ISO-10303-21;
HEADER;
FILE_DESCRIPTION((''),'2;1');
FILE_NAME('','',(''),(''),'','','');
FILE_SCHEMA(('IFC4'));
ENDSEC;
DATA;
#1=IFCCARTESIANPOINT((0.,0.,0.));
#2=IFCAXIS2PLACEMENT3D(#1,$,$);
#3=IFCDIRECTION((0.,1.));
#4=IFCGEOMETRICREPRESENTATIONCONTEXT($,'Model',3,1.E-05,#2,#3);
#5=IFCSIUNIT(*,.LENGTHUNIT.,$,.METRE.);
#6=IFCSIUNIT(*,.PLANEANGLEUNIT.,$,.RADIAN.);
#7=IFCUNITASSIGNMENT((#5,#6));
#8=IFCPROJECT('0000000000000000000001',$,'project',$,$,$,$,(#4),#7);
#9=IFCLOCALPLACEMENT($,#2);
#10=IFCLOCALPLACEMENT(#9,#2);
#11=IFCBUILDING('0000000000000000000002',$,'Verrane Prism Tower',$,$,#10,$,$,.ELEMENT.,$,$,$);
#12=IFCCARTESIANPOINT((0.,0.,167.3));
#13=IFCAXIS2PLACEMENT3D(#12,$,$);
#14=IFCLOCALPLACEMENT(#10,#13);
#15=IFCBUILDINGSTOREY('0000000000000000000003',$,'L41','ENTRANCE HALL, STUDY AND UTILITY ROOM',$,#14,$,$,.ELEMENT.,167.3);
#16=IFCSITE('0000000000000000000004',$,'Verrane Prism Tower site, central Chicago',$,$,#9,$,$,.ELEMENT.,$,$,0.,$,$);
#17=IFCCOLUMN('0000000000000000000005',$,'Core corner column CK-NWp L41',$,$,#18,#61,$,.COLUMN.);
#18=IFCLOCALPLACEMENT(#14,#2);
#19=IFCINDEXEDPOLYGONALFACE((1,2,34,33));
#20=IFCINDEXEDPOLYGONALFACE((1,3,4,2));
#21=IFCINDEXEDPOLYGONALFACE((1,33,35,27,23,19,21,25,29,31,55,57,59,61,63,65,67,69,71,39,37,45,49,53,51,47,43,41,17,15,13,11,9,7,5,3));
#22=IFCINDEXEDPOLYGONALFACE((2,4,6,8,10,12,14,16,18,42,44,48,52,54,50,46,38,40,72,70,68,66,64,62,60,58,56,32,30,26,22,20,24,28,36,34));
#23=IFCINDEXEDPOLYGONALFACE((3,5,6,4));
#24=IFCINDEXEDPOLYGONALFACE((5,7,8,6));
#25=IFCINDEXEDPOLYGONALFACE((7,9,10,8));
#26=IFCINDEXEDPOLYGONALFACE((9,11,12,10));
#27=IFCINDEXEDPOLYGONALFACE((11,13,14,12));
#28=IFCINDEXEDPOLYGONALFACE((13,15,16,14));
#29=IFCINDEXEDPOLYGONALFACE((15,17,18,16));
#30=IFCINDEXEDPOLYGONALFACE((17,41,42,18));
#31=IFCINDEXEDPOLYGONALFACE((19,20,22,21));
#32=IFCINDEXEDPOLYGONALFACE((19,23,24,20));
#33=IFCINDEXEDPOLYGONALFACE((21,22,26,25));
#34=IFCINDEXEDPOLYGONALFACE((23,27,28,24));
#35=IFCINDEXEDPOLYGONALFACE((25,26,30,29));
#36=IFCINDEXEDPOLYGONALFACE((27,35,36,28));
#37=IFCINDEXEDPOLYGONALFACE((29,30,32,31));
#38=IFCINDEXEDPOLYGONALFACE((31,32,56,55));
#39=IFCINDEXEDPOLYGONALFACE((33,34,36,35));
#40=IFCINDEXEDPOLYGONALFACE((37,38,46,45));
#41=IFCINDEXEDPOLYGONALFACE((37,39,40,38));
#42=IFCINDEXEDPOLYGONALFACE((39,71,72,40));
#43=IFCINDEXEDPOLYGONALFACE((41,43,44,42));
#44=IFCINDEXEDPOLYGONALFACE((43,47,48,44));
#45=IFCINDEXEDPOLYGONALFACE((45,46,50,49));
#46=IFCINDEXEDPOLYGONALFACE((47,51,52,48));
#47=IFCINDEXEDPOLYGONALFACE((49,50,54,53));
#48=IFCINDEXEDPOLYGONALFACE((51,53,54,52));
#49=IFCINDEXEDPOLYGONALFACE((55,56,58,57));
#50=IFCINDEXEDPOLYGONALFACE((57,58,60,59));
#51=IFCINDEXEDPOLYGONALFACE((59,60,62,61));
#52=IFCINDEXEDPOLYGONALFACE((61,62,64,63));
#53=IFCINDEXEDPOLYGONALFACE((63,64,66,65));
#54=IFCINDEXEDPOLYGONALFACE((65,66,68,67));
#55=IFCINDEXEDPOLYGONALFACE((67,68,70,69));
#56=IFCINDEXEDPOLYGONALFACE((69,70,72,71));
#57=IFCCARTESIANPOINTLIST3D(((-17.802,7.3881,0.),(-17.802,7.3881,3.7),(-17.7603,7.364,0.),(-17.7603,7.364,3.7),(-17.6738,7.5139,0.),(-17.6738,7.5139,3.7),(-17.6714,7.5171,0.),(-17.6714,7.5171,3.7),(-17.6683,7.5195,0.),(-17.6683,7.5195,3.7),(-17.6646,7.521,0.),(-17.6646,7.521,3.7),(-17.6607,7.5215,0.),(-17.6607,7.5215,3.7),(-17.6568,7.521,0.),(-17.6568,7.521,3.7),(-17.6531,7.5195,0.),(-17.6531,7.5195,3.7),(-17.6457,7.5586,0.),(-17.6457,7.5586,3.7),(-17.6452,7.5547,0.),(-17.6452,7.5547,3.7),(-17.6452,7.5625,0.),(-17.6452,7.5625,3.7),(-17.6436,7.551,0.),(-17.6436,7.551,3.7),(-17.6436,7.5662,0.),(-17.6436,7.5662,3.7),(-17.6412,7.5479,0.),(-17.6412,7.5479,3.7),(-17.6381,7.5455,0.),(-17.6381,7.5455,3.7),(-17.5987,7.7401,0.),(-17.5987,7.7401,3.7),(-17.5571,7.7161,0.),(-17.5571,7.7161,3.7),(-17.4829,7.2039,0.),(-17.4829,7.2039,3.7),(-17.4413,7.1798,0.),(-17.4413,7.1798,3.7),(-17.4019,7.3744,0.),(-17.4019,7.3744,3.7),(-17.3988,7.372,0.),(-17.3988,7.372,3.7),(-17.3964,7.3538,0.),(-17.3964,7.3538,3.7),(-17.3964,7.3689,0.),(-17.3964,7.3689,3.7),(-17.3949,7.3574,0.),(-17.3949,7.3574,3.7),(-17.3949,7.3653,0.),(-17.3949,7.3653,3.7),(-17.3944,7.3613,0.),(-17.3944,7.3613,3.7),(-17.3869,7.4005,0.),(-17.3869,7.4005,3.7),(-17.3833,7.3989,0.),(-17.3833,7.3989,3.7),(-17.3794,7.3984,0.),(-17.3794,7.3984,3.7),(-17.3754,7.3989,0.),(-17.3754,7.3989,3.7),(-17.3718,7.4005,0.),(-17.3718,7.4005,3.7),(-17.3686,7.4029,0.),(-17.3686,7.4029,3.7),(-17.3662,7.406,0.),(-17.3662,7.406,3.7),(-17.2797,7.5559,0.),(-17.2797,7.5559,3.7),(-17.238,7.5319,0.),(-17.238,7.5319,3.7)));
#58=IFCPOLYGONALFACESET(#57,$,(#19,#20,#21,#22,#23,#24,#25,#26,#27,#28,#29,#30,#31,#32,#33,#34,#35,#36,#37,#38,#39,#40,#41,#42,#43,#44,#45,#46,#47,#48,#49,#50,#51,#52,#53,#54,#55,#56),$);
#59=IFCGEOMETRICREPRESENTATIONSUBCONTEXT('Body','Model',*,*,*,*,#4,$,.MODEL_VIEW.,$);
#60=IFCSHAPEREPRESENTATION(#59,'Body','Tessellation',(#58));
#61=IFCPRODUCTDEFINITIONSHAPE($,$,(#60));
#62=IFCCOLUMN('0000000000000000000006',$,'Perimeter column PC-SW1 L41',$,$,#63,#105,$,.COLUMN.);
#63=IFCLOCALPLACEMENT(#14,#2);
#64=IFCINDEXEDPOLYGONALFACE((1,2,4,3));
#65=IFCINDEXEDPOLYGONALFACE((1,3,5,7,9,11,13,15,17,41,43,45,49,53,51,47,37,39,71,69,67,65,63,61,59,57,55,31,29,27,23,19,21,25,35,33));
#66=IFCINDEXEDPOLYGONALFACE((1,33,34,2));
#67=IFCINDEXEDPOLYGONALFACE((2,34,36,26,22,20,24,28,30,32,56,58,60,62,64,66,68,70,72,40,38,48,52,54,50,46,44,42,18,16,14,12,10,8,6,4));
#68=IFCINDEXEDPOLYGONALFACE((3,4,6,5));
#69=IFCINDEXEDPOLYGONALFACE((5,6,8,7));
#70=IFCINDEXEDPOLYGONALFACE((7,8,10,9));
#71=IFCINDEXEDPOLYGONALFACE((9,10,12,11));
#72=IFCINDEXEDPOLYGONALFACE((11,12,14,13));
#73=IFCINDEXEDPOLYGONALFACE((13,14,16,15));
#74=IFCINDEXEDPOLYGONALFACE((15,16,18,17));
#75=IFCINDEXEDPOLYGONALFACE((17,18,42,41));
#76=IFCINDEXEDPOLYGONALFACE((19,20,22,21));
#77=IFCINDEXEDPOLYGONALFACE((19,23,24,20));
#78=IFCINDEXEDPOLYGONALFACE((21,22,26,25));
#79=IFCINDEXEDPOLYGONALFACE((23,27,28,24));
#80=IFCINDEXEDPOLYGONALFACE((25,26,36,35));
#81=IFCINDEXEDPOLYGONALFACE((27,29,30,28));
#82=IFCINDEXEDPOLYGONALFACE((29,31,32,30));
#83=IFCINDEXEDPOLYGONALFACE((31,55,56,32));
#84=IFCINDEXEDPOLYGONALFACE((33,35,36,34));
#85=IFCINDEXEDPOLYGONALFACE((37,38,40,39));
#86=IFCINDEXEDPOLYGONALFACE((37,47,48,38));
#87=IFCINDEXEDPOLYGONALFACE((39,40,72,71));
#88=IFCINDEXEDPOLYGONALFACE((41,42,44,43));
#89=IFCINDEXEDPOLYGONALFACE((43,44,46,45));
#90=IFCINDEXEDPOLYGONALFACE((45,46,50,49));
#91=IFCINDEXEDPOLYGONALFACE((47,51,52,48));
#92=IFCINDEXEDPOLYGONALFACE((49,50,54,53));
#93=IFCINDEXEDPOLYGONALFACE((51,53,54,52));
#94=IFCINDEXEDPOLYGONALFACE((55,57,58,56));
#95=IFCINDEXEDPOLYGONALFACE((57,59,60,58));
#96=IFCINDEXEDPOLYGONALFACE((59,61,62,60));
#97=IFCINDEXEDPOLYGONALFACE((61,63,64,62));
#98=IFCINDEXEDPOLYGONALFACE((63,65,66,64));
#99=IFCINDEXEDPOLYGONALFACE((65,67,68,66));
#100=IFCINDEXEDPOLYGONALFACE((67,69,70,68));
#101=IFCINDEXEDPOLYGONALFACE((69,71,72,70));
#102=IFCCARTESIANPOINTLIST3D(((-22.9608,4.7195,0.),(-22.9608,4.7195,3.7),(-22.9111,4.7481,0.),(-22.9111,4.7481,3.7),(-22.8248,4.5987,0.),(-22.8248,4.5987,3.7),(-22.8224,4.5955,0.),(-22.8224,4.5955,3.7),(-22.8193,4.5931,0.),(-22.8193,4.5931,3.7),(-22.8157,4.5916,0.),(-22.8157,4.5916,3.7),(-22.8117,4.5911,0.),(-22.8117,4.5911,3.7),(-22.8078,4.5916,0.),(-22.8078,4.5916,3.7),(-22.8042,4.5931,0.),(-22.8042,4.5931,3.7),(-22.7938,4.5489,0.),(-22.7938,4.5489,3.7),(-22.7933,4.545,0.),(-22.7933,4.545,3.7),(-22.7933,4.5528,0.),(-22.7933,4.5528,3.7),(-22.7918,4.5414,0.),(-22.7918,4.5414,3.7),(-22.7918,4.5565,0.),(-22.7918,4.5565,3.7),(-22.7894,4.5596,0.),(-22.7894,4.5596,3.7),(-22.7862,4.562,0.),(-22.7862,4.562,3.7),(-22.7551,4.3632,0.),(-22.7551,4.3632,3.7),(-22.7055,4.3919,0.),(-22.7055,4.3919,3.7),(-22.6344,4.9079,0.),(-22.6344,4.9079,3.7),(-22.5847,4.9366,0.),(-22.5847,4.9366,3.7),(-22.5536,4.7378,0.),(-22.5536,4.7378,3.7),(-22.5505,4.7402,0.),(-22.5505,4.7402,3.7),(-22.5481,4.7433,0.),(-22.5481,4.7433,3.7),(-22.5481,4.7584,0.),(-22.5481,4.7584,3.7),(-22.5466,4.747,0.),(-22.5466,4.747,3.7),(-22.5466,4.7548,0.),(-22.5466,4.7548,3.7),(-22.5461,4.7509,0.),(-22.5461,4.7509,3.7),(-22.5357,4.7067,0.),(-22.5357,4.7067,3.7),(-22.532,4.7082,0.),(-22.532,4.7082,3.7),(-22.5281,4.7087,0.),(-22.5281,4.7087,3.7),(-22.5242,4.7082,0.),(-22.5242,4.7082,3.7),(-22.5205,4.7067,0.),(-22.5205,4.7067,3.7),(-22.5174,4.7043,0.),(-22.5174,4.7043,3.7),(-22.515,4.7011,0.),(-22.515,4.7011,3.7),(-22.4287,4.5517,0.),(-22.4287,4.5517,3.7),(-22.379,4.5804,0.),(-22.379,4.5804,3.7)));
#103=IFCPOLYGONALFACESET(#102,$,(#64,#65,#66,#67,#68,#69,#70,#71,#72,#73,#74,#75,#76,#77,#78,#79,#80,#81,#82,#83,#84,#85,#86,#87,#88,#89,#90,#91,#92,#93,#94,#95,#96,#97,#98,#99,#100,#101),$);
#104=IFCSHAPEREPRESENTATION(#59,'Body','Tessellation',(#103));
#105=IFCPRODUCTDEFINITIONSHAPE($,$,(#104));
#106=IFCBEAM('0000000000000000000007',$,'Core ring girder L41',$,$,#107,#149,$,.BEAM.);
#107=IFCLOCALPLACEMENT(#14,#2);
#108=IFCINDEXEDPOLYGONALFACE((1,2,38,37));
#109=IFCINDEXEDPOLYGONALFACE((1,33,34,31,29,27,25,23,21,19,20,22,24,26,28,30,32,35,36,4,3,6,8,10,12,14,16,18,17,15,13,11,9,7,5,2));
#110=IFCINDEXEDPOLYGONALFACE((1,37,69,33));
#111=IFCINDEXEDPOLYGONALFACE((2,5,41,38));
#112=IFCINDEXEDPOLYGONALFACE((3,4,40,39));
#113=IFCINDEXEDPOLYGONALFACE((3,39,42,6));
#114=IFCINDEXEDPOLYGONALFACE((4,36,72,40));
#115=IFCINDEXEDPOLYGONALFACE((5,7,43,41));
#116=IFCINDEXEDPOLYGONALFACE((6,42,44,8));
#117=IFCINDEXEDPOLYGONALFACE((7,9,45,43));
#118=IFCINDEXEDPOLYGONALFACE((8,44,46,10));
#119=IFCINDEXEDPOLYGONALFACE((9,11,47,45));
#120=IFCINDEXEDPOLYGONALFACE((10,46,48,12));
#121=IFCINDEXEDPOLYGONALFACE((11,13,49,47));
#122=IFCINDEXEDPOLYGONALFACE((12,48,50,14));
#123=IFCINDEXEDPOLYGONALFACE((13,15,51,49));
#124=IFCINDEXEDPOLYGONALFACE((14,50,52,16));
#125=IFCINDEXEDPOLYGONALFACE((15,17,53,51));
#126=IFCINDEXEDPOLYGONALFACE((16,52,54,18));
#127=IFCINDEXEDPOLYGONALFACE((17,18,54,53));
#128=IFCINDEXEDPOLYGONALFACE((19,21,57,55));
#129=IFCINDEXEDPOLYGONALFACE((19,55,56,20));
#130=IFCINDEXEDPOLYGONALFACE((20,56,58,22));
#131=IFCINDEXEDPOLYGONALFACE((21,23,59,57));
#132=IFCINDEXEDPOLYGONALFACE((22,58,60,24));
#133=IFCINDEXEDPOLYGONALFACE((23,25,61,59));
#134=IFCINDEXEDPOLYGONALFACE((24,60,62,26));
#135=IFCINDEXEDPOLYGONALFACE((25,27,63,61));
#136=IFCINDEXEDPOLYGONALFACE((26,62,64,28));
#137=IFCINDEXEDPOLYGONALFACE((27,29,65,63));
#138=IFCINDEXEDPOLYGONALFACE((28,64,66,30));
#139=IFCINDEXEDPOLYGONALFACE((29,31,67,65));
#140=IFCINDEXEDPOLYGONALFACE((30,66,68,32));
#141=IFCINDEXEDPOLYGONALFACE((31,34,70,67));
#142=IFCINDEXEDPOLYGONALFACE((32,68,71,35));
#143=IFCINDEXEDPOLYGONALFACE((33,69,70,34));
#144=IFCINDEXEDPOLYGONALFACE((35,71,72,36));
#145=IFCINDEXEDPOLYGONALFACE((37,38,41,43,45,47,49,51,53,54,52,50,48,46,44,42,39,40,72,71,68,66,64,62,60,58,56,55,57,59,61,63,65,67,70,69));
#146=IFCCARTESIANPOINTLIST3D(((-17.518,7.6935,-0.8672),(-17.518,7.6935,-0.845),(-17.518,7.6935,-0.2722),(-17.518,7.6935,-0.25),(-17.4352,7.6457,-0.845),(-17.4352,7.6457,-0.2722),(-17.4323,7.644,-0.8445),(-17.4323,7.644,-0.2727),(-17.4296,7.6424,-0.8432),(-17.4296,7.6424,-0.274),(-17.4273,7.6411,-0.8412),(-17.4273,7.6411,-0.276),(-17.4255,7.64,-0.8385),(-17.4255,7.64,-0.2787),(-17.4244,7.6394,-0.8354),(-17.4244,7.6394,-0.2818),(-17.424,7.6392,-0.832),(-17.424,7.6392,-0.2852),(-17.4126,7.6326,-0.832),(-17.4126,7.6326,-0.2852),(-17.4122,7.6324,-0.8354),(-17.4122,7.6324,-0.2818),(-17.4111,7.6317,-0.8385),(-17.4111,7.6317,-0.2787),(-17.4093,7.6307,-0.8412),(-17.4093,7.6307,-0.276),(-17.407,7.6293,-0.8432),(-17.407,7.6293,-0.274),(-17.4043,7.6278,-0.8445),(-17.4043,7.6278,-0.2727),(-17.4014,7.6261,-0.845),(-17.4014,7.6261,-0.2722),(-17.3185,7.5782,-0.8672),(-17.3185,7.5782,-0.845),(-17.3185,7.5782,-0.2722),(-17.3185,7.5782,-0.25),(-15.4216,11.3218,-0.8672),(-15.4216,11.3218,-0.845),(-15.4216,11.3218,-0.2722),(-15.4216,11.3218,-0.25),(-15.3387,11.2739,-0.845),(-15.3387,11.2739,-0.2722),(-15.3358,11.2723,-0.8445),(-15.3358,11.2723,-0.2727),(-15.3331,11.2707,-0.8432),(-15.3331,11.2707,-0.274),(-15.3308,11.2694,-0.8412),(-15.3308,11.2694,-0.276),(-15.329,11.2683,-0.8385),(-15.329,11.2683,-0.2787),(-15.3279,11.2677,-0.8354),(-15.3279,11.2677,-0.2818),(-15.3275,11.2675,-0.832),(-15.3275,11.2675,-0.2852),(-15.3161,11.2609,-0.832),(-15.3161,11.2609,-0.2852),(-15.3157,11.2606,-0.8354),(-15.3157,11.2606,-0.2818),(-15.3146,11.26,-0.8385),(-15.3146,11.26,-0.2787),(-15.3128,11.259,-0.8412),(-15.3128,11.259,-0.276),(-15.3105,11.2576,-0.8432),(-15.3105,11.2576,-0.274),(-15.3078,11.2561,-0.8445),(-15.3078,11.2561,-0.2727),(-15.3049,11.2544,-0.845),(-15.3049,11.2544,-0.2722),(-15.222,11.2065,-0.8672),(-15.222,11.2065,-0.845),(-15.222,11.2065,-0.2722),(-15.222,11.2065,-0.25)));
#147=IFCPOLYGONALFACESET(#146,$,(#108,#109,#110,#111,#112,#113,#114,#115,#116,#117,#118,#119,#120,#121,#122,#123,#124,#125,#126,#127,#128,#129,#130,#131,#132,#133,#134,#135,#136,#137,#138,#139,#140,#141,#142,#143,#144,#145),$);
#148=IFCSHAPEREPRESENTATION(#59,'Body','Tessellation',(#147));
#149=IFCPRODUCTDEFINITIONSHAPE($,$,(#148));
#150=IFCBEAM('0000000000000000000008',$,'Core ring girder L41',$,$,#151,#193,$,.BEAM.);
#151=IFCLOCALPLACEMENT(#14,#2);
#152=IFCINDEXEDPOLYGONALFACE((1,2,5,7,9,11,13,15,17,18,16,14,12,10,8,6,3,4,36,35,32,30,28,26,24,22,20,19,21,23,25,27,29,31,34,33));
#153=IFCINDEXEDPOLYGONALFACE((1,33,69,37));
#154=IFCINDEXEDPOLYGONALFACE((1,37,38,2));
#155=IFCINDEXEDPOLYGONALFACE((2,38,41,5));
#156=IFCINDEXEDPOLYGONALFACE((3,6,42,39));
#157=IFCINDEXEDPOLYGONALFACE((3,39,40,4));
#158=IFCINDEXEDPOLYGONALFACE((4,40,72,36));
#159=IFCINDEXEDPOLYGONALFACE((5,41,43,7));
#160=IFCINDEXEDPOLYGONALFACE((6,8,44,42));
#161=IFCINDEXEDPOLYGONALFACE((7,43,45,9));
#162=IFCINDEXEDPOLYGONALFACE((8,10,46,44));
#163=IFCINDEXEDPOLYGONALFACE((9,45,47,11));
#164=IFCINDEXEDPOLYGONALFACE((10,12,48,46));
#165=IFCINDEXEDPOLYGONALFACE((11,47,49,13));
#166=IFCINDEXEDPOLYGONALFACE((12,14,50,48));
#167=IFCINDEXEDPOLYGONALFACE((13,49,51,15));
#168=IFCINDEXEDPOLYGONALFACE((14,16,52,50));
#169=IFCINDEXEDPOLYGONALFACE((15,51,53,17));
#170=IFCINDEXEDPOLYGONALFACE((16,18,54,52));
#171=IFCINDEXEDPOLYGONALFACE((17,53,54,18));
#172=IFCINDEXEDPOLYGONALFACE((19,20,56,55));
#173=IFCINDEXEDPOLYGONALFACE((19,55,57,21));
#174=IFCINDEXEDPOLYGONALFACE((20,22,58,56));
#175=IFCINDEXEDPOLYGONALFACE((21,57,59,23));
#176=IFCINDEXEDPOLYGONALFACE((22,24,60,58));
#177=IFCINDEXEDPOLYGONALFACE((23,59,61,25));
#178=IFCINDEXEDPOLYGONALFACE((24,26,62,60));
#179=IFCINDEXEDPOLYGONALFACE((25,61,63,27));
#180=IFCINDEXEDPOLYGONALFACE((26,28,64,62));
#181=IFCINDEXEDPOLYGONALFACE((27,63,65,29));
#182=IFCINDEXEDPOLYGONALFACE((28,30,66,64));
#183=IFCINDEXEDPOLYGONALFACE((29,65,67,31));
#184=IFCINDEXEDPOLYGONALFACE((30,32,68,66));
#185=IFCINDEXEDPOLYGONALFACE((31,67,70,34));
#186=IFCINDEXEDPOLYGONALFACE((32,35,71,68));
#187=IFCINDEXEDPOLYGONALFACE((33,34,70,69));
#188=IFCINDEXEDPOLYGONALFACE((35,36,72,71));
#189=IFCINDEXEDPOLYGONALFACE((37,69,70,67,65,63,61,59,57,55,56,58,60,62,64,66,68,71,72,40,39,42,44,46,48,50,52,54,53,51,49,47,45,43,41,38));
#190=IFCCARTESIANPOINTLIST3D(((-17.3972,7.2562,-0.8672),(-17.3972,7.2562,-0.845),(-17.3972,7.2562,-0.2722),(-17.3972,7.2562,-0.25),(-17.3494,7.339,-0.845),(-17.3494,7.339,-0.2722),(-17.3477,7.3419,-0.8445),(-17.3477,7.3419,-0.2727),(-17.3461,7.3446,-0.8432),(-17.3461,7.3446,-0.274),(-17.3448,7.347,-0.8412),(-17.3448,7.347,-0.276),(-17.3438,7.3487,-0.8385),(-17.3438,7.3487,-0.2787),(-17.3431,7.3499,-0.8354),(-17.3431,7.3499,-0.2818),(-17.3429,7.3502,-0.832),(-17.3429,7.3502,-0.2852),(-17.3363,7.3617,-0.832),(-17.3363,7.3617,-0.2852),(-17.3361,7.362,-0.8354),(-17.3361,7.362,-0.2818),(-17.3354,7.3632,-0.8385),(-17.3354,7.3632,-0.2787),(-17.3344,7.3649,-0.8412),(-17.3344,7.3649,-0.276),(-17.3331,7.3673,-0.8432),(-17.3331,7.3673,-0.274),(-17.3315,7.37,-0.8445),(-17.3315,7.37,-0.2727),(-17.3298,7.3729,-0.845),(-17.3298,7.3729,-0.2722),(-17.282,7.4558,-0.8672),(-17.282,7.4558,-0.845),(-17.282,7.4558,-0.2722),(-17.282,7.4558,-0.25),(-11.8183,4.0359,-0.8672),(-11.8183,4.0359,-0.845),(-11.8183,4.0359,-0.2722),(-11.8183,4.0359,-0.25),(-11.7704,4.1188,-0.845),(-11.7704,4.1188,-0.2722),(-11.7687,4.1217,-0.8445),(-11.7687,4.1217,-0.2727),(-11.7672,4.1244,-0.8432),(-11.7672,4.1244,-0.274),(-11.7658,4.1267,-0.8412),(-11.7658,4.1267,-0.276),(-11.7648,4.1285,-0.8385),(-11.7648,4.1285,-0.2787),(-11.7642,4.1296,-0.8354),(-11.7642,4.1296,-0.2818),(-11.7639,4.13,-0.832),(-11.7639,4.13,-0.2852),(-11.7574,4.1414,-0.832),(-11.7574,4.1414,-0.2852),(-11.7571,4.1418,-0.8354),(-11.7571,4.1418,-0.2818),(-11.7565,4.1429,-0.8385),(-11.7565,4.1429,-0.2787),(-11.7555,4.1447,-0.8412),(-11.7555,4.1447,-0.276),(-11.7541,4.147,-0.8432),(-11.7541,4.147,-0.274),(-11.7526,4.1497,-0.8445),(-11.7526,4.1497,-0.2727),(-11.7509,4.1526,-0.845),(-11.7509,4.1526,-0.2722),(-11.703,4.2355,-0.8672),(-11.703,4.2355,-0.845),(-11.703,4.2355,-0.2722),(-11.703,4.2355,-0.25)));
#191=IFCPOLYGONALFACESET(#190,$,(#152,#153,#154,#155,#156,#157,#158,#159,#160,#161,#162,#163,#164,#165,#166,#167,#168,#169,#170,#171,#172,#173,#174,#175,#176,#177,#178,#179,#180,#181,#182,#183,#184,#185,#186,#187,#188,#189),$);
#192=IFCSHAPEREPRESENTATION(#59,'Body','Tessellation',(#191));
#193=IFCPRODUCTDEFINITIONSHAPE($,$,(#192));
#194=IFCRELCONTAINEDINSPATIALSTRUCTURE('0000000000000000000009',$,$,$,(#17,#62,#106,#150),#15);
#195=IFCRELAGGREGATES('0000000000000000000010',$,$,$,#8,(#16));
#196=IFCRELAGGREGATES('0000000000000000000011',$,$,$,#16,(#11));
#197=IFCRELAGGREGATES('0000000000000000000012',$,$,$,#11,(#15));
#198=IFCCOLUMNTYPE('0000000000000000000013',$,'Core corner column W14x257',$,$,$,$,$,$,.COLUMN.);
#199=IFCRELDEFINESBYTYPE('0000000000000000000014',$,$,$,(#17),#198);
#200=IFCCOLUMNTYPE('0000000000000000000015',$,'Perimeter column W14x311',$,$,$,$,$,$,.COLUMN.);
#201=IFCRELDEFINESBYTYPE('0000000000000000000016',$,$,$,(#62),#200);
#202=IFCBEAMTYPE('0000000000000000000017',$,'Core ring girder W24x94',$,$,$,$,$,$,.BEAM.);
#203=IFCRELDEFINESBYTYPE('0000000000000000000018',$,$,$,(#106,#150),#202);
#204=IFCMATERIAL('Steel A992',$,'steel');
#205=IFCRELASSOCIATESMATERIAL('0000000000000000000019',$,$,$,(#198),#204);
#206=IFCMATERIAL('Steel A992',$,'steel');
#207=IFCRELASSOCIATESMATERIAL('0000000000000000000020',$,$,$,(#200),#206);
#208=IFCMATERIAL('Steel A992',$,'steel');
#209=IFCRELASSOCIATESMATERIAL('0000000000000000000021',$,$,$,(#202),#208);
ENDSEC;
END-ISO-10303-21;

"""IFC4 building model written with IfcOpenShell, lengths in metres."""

from ifc_helpers import new_model, si_unit, direction, frame, origin, origin_2d, place, context, subcontext, project, spatial, i_section, extrude, material, material_profile, profile_set, type_object, element, save


model = new_model("IFC4")

# Units and contexts
model_context = context("Model", 3, precision=1e-05, world=origin(), true_north=direction((0.0, 1.0)))
body_context = subcontext(model_context, "Body", "Model", "MODEL_VIEW")
ifc_project = project(units=[si_unit("LENGTHUNIT", "METRE"), si_unit("PLANEANGLEUNIT", "RADIAN")], contexts=[model_context])

# Site, building, storey
site_placement = place(None, origin())
site = spatial("IfcSite", under=ifc_project, at=site_placement, Name="Verrane Prism Tower site, central Chicago", CompositionType="ELEMENT", RefElevation=0.0)
building_placement = place(site_placement, origin())
building = spatial("IfcBuilding", under=site, at=building_placement, Name="Verrane Prism Tower", CompositionType="ELEMENT")
storey_placement = place(building_placement, frame((0.0, 0.0, 167.3)))
storey = spatial("IfcBuildingStorey", under=building, at=storey_placement, Name="L41", Description="ENTRANCE HALL, STUDY AND UTILITY ROOM", CompositionType="ELEMENT", Elevation=167.3)

# Columns
ifc_material_1 = material(Name="Steel A992", Category="steel")
ifc_material_profile_1 = material_profile(ifc_material_1, i_section(OverallWidth=0.4065, OverallDepth=0.4165, WebThickness=0.03, FlangeThickness=0.0481, FilletRadius=0.0151, at=origin_2d()), Name="W14x257")
ifc_profile_set_1 = profile_set([ifc_material_profile_1], Name="Steel A992")
column_type_1 = type_object("IfcColumnType", Name="Core corner column W14x257", PredefinedType="COLUMN", material=ifc_profile_set_1)
column_1_placement = place(storey_placement, frame((-17.52, 7.46, 0.0), z_axis=(0.0, 0.0, 1.0), x_axis=(0.5, 0.866025, 0.0)))
element("IfcColumn", 1, at=column_1_placement, inside=storey, type_object=column_type_1, Name="Core corner column CK-NWp L41", PredefinedType="COLUMN", context=body_context, shape_type="SweptSolid", body=[
    extrude(i_section(OverallWidth=0.4065, OverallDepth=0.4165, WebThickness=0.03, FlangeThickness=0.0481, FilletRadius=0.0151, at=origin_2d()), origin(), (0.0, 0.0, 1.0), 3.7),
])
ifc_material_2 = material(Name="Steel A992", Category="steel")
ifc_material_profile_2 = material_profile(ifc_material_2, i_section(OverallWidth=0.4114, OverallDepth=0.4343, WebThickness=0.0359, FlangeThickness=0.0574, FilletRadius=0.0151, at=origin_2d()), Name="W14x311")
ifc_profile_set_2 = profile_set([ifc_material_profile_2], Name="Steel A992")
column_type_2 = type_object("IfcColumnType", Name="Perimeter column W14x311", PredefinedType="COLUMN", material=ifc_profile_set_2)
column_2_placement = place(storey_placement, frame((-22.6699, 4.6499, 0.0), z_axis=(0.0, 0.0, 1.0), x_axis=(-0.5, 0.866025, 0.0)))
element("IfcColumn", 2, at=column_2_placement, inside=storey, type_object=column_type_2, Name="Perimeter column PC-SW1 L41", PredefinedType="COLUMN", context=body_context, shape_type="SweptSolid", body=[
    extrude(i_section(OverallWidth=0.4114, OverallDepth=0.4343, WebThickness=0.0359, FlangeThickness=0.0574, FilletRadius=0.0151, at=origin_2d()), origin(), (0.0, 0.0, 1.0), 3.7),
])

# Beams
ifc_material_3 = material(Name="Steel A992", Category="steel")
ifc_material_profile_3 = material_profile(ifc_material_3, i_section(OverallWidth=0.2305, OverallDepth=0.6172, WebThickness=0.0132, FlangeThickness=0.0222, FilletRadius=0.0129, at=origin_2d()), Name="W24x94")
ifc_profile_set_3 = profile_set([ifc_material_profile_3], Name="Steel A992")
beam_type_1 = type_object("IfcBeamType", Name="Core ring girder W24x94", PredefinedType="BEAM", material=ifc_profile_set_3)
beam_1_placement = place(storey_placement, frame((-15.3218, 11.2642, -0.5586), z_axis=(-0.500306, -0.865849, 0.0), x_axis=(0.865849, -0.500306, 0.0)))
element("IfcBeam", 3, at=beam_1_placement, inside=storey, type_object=beam_type_1, Name="Core ring girder L41", PredefinedType="BEAM", context=body_context, shape_type="SweptSolid", body=[
    extrude(i_section(OverallWidth=0.2305, OverallDepth=0.6172, WebThickness=0.0132, FlangeThickness=0.0222, FilletRadius=0.0129, at=origin_2d()), origin(), (0.0, 0.0, 1.0), 4.1904),
])
beam_2_placement = place(storey_placement, frame((-17.3396, 7.356, -0.5586), z_axis=(0.866075, -0.499914, 0.0), x_axis=(0.499914, 0.866075, 0.0)))
element("IfcBeam", 4, at=beam_2_placement, inside=storey, type_object=beam_type_1, Name="Core ring girder L41", PredefinedType="BEAM", context=body_context, shape_type="SweptSolid", body=[
    extrude(i_section(OverallWidth=0.2305, OverallDepth=0.6172, WebThickness=0.0132, FlangeThickness=0.0222, FilletRadius=0.0129, at=origin_2d()), origin(), (0.0, 0.0, 1.0), 6.4417),
])

save(model, "model.ifc")
